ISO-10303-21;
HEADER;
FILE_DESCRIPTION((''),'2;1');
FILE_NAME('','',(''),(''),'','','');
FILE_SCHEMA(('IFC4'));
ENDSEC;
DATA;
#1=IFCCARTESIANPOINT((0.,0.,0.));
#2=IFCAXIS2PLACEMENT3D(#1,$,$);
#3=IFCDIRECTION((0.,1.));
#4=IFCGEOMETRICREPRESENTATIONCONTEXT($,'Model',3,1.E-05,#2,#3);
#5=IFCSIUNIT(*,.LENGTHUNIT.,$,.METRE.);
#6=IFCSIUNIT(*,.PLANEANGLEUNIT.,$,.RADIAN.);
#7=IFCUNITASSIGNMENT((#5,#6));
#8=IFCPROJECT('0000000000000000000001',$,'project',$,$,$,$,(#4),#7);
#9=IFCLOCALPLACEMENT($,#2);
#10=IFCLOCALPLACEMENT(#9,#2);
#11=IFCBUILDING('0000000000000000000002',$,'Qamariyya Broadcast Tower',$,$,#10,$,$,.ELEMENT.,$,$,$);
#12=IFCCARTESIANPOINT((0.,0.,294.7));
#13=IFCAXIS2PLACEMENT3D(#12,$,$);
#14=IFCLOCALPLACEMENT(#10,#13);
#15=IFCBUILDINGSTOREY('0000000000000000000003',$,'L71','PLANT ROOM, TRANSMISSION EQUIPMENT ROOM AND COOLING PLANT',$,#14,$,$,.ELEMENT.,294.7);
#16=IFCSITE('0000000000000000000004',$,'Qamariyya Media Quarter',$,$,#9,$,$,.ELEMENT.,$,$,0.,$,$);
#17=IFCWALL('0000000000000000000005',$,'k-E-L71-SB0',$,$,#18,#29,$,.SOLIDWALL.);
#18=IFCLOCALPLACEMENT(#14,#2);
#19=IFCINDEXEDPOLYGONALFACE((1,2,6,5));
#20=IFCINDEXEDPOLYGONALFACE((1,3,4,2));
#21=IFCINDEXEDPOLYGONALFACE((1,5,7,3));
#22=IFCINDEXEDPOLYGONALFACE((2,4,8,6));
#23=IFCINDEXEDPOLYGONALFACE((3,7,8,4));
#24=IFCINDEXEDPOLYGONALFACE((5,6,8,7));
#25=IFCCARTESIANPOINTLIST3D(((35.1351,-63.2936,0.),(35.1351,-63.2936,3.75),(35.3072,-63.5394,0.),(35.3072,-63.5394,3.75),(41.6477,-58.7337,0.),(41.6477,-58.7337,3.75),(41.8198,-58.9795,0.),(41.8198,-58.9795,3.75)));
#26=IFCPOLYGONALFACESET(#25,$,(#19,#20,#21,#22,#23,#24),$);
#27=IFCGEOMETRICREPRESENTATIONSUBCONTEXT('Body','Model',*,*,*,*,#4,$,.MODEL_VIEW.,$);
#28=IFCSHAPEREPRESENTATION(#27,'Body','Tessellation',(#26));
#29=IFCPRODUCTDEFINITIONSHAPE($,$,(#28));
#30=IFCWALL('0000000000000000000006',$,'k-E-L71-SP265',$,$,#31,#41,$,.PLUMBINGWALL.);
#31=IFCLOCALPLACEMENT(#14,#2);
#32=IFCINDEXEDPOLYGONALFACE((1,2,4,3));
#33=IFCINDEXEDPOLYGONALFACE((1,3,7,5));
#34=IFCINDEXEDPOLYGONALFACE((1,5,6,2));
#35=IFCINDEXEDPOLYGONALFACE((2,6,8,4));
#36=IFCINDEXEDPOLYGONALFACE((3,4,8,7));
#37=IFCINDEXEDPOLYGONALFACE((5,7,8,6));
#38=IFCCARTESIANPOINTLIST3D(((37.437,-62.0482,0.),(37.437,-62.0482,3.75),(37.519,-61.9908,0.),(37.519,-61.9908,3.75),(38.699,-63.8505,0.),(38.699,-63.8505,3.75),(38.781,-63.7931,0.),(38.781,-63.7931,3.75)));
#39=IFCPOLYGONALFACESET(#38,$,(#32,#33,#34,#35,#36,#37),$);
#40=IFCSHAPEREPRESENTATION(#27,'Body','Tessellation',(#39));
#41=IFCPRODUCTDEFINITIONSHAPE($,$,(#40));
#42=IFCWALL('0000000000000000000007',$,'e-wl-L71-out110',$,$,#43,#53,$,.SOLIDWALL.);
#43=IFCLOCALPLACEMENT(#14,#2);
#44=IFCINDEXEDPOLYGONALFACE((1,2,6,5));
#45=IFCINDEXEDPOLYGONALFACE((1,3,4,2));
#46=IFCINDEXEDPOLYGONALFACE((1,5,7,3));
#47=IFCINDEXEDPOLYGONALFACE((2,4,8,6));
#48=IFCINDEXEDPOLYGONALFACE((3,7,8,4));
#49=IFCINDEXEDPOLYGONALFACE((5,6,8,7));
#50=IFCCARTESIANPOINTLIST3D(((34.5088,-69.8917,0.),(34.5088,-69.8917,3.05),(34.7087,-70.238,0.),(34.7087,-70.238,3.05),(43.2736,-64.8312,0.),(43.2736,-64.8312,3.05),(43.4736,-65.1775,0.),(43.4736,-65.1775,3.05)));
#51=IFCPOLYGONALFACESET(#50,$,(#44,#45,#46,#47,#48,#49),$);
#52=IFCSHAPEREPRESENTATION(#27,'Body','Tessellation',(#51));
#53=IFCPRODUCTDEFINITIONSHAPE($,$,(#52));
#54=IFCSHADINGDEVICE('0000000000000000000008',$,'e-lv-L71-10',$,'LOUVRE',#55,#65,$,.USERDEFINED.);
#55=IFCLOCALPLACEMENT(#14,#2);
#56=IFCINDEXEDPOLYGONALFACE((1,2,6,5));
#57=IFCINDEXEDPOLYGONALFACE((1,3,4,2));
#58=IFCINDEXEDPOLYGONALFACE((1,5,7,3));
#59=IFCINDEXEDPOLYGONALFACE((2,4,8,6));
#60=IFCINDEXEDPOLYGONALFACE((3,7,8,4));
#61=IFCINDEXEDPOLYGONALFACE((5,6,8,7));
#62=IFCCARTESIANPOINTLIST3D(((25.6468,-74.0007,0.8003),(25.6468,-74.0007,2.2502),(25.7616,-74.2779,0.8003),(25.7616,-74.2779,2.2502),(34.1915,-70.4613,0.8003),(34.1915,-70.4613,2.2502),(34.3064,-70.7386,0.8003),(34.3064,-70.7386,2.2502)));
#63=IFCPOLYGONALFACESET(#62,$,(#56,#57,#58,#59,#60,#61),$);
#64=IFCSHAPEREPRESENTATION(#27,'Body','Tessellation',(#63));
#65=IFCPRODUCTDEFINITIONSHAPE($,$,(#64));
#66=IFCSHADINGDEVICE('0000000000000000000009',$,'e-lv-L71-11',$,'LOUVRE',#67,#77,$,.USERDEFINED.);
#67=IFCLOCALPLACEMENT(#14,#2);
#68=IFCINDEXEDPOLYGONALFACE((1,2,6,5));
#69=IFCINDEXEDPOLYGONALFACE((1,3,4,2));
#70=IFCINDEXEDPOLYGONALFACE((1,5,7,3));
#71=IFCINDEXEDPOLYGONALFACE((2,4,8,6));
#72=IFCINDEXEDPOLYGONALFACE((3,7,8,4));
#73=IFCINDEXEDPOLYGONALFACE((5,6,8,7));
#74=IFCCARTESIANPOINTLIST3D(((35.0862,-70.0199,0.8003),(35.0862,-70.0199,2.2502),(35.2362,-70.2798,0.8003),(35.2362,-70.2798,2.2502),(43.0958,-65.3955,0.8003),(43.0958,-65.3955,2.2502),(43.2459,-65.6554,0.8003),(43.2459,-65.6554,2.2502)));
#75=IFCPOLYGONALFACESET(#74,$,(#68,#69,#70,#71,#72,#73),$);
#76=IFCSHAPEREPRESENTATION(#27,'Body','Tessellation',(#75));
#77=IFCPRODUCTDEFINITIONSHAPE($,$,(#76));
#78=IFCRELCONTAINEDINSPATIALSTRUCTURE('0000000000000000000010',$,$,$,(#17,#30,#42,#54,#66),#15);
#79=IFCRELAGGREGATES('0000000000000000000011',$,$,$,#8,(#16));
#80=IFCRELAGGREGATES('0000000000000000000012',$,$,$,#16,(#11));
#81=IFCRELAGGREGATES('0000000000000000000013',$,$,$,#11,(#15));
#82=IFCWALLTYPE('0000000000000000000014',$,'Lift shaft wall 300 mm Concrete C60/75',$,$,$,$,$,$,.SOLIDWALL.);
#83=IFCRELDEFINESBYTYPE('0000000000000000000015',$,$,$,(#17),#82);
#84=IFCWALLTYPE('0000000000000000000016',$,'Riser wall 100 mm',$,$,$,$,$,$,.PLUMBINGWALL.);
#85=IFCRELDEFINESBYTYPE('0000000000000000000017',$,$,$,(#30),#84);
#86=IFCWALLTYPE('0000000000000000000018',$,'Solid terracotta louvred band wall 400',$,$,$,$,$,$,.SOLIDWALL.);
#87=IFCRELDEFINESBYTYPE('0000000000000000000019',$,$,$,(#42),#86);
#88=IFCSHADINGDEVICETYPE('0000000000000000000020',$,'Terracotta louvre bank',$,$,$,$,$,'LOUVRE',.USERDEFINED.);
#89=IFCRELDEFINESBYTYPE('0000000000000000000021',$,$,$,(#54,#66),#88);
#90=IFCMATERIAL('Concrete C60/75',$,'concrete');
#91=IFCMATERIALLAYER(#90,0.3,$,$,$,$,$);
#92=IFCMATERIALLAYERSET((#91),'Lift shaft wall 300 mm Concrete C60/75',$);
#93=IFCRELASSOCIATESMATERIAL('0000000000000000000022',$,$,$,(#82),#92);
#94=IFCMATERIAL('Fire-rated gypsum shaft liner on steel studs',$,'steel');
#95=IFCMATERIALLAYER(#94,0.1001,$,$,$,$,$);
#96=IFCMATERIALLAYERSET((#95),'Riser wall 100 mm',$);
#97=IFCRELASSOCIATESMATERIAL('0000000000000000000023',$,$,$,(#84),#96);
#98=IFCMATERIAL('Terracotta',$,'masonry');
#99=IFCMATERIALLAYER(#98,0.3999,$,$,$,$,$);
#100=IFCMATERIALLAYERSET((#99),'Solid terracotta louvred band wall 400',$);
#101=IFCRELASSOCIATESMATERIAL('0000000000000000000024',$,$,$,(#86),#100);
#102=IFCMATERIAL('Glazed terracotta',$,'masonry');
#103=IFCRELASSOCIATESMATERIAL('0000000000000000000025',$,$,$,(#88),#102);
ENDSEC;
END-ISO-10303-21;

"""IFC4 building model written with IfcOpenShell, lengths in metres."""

from ifc_helpers import new_model, si_unit, direction, frame, frame_2d, origin, origin_2d, place, context, subcontext, project, spatial, rectangle, extrude, material, layer, layer_set, type_object, element, save


model = new_model("IFC4")

# Units and contexts
model_context = context("Model", 3, precision=1e-05, world=origin(), true_north=direction((0.0, 1.0)))
body_context = subcontext(model_context, "Body", "Model", "MODEL_VIEW")
ifc_project = project(units=[si_unit("LENGTHUNIT", "METRE"), si_unit("PLANEANGLEUNIT", "RADIAN")], contexts=[model_context])

# Site, building, storey
site_placement = place(None, origin())
site = spatial("IfcSite", under=ifc_project, at=site_placement, Name="Qamariyya Media Quarter", CompositionType="ELEMENT", RefElevation=0.0)
building_placement = place(site_placement, origin())
building = spatial("IfcBuilding", under=site, at=building_placement, Name="Qamariyya Broadcast Tower", CompositionType="ELEMENT")
storey_placement = place(building_placement, frame((0.0, 0.0, 294.7)))
storey = spatial("IfcBuildingStorey", under=building, at=storey_placement, Name="L71", Description="PLANT ROOM, TRANSMISSION EQUIPMENT ROOM AND COOLING PLANT", CompositionType="ELEMENT", Elevation=294.7)

# Shared definitions
ifc_material_1 = material(Name="Concrete C60/75", Category="concrete")

# Shared definitions
ifc_layer_1 = layer(ifc_material_1, 0.3)
ifc_layer_set_1 = layer_set([ifc_layer_1], Name="Lift shaft wall 300 mm Concrete C60/75")
wall_type_1 = type_object("IfcWallType", Name="Lift shaft wall 300 mm Concrete C60/75", PredefinedType="SOLIDWALL", material=ifc_layer_set_1)

# Walls
wall_1_placement = place(storey_placement, frame((35.2212, -63.4165, 0.0), z_axis=(0.0, 0.0, 1.0), x_axis=(0.819167, 0.573555, 0.0)))
element("IfcWall", 1, at=wall_1_placement, inside=storey, type_object=wall_type_1, Name="k-E-L71-SB0", PredefinedType="SOLIDWALL", context=body_context, shape_type="SweptSolid", body=[
    extrude(rectangle(XDim=7.9502, YDim=0.3, at=frame_2d((3.9751, 0.0))), origin(), (0.0, 0.0, 1.0), 3.75),
])
ifc_material_2 = material(Name="Fire-rated gypsum shaft liner on steel studs", Category="steel")
ifc_layer_2 = layer(ifc_material_2, 0.1001)
ifc_layer_set_2 = layer_set([ifc_layer_2], Name="Riser wall 100 mm")
wall_type_2 = type_object("IfcWallType", Name="Riser wall 100 mm", PredefinedType="PLUMBINGWALL", material=ifc_layer_set_2)
wall_2_placement = place(storey_placement, frame((37.478, -62.0195, 0.0), z_axis=(0.0, 0.0, 1.0), x_axis=(0.573581, -0.819149, 0.0)))
element("IfcWall", 2, at=wall_2_placement, inside=storey, type_object=wall_type_2, Name="k-E-L71-SP265", PredefinedType="PLUMBINGWALL", context=body_context, shape_type="SweptSolid", body=[
    extrude(rectangle(XDim=2.2002, YDim=0.1001, at=frame_2d((1.1001, 0.0))), origin(), (0.0, 0.0, 1.0), 3.75),
])
ifc_material_3 = material(Name="Terracotta", Category="masonry")
ifc_layer_3 = layer(ifc_material_3, 0.3999)
ifc_layer_set_3 = layer_set([ifc_layer_3], Name="Solid terracotta louvred band wall 400")
wall_type_3 = type_object("IfcWallType", Name="Solid terracotta louvred band wall 400", PredefinedType="SOLIDWALL", material=ifc_layer_set_3)
wall_3_placement = place(storey_placement, frame((34.6086, -70.0649, 0.0), z_axis=(0.0, 0.0, 1.0), x_axis=(0.86602, 0.50001, 0.0)))
element("IfcWall", 3, at=wall_3_placement, inside=storey, type_object=wall_type_3, Name="e-wl-L71-out110", PredefinedType="SOLIDWALL", context=body_context, shape_type="SweptSolid", body=[
    extrude(rectangle(XDim=10.1208, YDim=0.3999, at=frame_2d((5.0605, 0.0))), origin(), (0.0, 0.0, 1.0), 3.05),
])

# Shading devices
ifc_material_4 = material(Name="Glazed terracotta", Category="masonry")
shading_device_type = type_object("IfcShadingDeviceType", Name="Terracotta louvre bank", ElementType="LOUVRE", PredefinedType="USERDEFINED", material=ifc_material_4)
for number, where, z_axis, x_axis, name in (
    (4, (29.9766, -72.3696, 0.8003), (0.0, 0.0, 1.0), (0.92388, 0.382683, 0.0), "e-lv-L71-10"),
    (5, (39.166, -67.8376, 0.8003), (0.0, 0.0, 1.0), (0.866025, 0.5, 0.0), "e-lv-L71-11"),
):
    element("IfcShadingDevice", number, at=place(storey_placement, frame(where, z_axis=z_axis, x_axis=x_axis)), inside=storey, type_object=shading_device_type, Name=name, ObjectType="LOUVRE", PredefinedType="USERDEFINED", context=body_context, shape_type="SweptSolid", body=[
        extrude(rectangle(XDim=9.2488, YDim=0.3, at=origin_2d()), origin(), (0.0, 0.0, 1.0), 1.45),
    ])

save(model, "model.ifc")
